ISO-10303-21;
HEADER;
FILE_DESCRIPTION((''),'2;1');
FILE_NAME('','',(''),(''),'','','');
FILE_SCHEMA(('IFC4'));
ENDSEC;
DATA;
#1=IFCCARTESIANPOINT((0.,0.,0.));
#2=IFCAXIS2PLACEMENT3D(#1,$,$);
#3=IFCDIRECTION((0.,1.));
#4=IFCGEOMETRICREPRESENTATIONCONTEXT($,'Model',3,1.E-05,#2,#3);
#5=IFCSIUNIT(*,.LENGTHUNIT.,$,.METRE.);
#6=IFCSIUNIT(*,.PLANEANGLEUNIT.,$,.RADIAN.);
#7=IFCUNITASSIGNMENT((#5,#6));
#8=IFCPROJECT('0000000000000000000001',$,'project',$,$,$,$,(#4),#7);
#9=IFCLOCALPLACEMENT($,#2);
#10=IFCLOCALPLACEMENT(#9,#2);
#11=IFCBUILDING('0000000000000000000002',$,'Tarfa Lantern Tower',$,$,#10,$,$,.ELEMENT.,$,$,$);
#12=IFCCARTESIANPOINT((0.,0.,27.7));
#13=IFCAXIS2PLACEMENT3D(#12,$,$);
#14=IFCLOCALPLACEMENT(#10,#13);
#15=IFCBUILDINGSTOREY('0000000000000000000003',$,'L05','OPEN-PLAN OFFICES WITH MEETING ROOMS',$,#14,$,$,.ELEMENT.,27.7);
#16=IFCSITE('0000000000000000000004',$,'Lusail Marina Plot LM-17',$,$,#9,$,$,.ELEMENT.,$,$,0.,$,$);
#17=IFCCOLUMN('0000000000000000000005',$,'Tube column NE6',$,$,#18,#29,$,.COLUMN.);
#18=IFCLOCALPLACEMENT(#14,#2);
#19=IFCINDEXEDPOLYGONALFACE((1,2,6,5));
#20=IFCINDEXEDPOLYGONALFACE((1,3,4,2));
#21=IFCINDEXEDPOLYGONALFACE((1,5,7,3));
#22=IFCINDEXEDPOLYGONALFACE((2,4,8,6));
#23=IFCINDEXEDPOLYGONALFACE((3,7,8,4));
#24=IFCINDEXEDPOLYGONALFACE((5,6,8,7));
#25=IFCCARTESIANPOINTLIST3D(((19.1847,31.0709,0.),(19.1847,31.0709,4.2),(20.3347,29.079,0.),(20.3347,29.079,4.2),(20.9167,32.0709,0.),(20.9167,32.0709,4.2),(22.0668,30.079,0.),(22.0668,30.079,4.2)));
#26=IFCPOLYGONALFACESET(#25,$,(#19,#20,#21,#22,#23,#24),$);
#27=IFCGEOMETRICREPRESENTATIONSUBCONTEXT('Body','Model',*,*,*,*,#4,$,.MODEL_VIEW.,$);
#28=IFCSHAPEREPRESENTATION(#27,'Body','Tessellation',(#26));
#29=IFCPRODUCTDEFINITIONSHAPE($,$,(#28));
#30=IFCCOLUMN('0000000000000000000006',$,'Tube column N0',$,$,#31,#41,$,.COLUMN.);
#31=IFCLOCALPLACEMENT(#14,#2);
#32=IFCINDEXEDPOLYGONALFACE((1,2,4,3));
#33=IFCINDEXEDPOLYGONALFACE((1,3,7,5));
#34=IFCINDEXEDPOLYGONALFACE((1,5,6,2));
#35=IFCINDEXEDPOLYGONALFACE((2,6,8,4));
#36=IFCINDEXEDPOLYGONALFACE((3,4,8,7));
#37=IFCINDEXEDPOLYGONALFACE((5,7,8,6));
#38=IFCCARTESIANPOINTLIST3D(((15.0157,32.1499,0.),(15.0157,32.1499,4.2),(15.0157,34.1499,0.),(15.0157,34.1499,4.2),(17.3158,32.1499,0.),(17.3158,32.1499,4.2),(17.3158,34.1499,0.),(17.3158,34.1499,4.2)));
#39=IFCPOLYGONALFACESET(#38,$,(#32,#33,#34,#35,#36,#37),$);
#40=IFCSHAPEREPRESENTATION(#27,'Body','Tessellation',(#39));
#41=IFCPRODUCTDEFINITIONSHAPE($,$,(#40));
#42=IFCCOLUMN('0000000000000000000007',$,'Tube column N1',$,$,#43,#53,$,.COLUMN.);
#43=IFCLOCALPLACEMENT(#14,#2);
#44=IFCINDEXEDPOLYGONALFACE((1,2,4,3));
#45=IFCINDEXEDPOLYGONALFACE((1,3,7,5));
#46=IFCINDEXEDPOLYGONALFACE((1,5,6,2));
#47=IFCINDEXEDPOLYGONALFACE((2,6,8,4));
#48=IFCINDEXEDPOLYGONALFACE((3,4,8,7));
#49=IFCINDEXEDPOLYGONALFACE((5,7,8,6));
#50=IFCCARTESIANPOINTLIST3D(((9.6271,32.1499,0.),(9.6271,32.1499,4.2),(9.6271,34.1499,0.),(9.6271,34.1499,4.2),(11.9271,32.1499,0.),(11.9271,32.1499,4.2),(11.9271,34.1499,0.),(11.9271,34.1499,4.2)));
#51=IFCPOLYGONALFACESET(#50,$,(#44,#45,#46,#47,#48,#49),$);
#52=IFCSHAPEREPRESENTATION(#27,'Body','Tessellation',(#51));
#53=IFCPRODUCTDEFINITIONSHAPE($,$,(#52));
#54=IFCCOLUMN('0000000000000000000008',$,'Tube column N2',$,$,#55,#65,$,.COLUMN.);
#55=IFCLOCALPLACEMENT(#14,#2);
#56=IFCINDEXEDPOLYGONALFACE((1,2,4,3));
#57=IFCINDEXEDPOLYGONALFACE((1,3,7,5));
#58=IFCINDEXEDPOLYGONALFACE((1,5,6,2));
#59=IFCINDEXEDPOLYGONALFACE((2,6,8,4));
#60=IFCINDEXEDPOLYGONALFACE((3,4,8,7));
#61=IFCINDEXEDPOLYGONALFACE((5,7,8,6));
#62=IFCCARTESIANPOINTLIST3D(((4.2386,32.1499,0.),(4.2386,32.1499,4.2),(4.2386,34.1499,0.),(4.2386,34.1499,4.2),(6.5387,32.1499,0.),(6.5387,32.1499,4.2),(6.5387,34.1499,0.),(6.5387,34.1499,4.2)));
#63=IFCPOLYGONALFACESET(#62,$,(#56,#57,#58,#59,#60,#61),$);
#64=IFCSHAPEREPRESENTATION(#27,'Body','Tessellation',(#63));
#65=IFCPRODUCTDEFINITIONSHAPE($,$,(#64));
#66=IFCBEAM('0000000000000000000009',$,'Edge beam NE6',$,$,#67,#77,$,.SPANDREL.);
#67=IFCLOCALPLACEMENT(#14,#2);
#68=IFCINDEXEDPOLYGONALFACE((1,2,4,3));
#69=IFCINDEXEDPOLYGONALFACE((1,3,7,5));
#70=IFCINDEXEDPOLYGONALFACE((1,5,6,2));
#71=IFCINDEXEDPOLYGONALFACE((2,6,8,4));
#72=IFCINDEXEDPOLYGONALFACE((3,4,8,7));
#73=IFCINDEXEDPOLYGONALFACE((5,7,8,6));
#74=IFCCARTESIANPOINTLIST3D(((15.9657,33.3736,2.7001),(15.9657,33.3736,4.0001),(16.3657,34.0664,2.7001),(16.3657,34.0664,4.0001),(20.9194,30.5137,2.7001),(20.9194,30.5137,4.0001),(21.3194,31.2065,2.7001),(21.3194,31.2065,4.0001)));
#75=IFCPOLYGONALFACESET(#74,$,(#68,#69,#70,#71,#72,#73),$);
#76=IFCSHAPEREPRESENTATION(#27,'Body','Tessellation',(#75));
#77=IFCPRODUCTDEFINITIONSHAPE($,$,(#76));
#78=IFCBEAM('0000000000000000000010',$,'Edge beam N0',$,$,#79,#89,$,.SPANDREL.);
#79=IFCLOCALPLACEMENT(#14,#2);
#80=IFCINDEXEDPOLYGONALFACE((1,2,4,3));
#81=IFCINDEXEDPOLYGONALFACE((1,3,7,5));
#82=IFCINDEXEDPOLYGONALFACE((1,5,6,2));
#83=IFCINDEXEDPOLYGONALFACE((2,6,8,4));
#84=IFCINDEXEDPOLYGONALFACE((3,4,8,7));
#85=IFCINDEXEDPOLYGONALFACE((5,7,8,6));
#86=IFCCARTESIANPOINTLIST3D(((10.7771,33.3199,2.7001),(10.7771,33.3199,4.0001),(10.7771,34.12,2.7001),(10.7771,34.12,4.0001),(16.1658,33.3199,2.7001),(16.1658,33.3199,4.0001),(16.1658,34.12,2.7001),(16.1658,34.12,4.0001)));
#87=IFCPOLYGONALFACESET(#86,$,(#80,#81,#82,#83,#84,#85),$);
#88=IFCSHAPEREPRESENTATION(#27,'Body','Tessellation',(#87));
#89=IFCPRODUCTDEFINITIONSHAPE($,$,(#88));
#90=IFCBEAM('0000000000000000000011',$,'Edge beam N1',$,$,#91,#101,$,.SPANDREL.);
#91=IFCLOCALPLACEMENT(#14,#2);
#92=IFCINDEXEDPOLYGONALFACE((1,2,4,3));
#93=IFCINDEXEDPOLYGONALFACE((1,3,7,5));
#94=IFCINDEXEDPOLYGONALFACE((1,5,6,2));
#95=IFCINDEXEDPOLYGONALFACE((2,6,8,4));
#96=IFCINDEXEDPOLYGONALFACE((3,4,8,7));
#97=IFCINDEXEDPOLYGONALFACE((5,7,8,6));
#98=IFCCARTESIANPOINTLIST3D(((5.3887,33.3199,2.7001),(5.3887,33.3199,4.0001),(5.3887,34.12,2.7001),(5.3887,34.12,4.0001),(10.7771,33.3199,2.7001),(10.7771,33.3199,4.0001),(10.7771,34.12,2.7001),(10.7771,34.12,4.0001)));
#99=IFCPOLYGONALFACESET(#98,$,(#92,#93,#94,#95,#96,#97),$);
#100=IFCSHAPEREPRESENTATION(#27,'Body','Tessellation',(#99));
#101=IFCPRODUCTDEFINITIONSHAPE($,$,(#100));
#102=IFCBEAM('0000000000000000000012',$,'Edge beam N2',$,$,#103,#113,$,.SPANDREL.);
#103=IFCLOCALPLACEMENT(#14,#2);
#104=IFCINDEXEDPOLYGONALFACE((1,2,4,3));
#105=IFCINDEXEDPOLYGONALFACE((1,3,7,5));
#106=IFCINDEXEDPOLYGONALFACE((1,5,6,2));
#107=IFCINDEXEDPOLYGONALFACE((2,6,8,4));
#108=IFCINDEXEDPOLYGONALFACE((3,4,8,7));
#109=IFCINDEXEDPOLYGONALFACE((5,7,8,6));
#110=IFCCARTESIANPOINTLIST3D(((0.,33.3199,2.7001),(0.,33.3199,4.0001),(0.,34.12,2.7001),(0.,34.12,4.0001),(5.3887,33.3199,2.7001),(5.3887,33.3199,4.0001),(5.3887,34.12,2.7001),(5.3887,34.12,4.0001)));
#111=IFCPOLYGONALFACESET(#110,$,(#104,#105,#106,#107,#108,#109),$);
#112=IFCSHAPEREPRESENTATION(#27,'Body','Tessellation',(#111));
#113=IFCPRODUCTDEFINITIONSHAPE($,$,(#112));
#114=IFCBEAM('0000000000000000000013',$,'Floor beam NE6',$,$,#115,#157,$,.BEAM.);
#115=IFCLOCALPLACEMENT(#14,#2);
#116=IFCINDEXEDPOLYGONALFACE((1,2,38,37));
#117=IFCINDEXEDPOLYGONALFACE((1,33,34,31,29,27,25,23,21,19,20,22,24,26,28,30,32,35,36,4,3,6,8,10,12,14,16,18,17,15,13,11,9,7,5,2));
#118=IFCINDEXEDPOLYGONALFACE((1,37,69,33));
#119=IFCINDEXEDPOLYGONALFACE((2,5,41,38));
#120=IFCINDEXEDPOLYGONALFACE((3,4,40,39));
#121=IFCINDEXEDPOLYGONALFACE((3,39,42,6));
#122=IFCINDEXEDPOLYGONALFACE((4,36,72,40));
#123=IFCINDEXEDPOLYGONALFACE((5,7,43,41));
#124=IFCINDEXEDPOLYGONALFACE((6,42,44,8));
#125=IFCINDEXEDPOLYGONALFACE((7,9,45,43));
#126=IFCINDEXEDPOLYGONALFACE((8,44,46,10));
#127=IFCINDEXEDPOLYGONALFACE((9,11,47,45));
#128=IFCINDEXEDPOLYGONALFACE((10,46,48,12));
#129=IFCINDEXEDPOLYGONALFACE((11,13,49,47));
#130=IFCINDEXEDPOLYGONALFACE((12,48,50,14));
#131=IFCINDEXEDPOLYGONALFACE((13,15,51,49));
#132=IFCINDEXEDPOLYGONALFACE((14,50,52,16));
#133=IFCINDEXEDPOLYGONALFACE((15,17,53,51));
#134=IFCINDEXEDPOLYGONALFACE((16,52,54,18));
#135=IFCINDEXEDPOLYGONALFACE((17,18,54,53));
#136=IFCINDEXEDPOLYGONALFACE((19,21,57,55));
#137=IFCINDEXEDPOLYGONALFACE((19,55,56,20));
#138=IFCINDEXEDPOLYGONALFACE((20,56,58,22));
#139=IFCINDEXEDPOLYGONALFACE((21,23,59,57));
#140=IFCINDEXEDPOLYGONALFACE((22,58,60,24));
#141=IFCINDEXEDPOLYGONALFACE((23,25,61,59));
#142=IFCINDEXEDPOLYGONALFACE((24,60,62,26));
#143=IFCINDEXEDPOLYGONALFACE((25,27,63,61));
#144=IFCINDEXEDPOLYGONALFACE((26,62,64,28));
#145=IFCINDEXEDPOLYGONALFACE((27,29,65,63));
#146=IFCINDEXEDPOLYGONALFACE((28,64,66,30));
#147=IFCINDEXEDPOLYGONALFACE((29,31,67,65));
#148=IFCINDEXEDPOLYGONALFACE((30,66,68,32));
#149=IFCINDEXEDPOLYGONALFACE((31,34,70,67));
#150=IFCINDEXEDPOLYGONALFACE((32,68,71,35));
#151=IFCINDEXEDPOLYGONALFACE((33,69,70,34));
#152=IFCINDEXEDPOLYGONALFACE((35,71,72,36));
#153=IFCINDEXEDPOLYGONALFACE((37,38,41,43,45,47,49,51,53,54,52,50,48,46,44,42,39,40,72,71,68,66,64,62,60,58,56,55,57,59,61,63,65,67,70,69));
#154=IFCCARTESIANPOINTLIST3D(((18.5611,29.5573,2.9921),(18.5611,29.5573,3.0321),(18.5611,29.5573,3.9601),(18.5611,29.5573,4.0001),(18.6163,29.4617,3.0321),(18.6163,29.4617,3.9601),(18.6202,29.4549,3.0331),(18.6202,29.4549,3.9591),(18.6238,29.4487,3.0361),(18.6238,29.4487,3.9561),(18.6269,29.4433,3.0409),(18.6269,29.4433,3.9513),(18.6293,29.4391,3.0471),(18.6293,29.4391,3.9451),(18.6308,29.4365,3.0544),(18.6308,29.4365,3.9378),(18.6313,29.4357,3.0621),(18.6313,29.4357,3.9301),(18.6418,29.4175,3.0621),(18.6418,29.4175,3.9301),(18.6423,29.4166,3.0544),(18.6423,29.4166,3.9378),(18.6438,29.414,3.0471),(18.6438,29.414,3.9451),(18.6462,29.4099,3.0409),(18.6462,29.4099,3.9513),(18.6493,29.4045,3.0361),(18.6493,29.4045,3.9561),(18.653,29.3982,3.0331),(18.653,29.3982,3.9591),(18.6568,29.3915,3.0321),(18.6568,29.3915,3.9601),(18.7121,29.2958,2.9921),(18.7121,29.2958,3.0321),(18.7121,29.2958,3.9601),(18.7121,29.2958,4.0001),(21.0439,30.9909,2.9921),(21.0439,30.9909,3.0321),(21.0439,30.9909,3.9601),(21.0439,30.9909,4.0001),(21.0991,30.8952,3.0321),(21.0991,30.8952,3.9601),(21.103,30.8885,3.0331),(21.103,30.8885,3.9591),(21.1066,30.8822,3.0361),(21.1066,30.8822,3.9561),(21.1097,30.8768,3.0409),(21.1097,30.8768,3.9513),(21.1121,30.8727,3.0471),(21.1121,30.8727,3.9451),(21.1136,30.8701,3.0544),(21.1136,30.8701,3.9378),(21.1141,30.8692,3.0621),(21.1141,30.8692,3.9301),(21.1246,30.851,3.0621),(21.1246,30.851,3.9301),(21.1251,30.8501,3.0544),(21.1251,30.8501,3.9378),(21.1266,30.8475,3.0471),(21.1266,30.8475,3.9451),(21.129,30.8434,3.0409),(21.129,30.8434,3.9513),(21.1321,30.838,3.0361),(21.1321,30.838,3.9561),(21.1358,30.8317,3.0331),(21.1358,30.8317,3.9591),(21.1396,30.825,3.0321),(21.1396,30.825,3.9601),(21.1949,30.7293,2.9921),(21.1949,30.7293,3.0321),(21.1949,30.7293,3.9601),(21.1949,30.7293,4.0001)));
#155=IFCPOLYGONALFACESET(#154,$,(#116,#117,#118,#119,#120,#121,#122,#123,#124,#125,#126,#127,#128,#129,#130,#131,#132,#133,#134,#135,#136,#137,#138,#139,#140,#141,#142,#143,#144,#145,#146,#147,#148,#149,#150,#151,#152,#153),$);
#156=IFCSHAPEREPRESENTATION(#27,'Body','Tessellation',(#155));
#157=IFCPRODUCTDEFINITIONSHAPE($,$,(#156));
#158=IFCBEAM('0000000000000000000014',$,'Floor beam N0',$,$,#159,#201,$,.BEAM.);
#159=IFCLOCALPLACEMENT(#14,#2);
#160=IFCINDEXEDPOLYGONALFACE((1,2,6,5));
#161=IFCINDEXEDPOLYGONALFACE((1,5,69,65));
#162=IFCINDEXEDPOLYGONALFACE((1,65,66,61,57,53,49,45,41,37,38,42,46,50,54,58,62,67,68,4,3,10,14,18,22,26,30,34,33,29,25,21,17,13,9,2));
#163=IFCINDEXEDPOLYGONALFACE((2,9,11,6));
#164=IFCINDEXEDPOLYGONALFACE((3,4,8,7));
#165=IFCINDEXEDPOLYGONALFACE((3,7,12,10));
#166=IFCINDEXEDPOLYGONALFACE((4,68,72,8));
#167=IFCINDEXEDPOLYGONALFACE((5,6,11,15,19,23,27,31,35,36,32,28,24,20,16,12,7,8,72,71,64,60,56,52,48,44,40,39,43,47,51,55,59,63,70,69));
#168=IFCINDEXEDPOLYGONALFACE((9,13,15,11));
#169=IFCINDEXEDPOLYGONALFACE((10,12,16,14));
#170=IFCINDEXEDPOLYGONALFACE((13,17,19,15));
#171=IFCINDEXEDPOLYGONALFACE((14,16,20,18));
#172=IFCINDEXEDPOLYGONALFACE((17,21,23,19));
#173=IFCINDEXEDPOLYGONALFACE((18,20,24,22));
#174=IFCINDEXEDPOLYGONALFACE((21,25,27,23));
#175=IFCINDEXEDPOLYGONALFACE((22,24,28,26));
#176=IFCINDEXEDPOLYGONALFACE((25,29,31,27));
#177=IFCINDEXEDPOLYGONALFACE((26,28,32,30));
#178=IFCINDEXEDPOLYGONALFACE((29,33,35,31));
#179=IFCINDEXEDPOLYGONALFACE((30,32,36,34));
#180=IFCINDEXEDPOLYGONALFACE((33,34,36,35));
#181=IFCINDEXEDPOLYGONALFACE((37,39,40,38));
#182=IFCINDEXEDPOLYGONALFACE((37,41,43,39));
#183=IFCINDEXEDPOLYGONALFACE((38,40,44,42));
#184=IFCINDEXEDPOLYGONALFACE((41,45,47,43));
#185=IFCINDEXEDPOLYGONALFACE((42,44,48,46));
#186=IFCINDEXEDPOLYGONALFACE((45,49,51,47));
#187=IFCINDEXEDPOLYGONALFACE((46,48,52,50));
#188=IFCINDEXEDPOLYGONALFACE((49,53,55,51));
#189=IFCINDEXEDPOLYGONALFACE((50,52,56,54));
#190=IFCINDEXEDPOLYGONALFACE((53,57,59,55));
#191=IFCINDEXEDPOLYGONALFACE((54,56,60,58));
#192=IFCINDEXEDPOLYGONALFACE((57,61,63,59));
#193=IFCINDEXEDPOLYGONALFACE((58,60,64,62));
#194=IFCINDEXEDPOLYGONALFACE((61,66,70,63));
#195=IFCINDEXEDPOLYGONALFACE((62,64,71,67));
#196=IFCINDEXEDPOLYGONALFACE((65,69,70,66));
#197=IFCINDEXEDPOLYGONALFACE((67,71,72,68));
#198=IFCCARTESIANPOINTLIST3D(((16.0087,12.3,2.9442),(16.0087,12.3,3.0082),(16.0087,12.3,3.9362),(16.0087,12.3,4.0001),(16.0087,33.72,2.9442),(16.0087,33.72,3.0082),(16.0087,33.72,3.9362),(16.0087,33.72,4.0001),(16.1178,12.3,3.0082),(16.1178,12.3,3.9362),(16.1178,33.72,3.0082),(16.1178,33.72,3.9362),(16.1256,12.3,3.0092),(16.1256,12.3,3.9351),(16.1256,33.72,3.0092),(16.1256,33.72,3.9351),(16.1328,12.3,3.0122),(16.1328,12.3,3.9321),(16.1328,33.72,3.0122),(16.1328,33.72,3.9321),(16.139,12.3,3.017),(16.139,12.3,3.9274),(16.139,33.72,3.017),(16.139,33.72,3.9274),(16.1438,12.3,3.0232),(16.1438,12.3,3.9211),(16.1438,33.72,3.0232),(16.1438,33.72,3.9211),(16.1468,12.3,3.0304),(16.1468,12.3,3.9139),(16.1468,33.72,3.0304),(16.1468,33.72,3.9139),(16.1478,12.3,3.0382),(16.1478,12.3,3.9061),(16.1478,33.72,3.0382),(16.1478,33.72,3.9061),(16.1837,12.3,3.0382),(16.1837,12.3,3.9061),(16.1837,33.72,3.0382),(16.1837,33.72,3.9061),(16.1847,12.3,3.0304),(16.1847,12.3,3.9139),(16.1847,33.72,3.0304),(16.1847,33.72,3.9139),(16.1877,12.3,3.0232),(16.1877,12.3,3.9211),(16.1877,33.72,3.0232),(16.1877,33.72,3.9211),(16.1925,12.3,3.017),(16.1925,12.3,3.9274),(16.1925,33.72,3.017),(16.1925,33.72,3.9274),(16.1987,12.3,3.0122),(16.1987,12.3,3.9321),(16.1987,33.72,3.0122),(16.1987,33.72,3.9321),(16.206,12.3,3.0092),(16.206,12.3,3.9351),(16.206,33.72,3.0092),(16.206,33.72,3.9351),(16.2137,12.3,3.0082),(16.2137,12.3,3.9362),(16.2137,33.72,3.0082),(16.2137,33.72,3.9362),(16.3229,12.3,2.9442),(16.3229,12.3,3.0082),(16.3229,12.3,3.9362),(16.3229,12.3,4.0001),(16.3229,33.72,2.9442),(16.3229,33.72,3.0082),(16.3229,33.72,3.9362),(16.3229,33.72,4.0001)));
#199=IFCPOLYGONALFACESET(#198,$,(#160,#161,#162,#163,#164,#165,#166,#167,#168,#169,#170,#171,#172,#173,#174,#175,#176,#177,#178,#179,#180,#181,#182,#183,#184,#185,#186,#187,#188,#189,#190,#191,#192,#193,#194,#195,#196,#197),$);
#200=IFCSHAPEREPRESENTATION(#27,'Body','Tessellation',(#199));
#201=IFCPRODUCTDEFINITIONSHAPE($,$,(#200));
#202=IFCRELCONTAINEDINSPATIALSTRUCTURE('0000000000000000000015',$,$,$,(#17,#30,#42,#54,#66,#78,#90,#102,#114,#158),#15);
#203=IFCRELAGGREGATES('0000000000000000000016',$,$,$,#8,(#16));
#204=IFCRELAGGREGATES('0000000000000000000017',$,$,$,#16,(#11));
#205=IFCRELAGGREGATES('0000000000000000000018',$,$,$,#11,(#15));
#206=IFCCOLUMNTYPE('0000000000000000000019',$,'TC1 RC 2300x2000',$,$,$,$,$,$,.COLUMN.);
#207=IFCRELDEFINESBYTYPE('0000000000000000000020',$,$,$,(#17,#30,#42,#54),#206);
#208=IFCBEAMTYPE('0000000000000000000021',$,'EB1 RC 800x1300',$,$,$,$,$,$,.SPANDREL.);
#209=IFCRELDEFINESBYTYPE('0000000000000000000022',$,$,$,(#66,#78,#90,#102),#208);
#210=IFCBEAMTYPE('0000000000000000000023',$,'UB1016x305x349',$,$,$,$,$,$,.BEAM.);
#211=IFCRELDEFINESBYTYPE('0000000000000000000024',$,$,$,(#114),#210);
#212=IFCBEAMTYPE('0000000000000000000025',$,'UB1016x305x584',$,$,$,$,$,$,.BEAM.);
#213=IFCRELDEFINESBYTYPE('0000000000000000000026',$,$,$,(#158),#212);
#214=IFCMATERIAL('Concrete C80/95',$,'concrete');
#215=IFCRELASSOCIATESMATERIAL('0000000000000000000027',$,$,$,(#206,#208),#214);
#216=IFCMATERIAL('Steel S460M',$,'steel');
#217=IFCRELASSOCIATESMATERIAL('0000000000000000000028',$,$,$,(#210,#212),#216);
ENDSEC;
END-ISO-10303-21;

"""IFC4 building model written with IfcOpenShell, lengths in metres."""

from ifc_helpers import new_model, si_unit, direction, frame, origin, origin_2d, place, context, subcontext, project, spatial, rectangle, i_section, extrude, material, material_profile, profile_set, type_object, element, save


model = new_model("IFC4")

# Units and contexts
model_context = context("Model", 3, precision=1e-05, world=origin(), true_north=direction((0.0, 1.0)))
body_context = subcontext(model_context, "Body", "Model", "MODEL_VIEW")
ifc_project = project(units=[si_unit("LENGTHUNIT", "METRE"), si_unit("PLANEANGLEUNIT", "RADIAN")], contexts=[model_context])

# Site, building, storey
site_placement = place(None, origin())
site = spatial("IfcSite", under=ifc_project, at=site_placement, Name="Lusail Marina Plot LM-17", CompositionType="ELEMENT", RefElevation=0.0)
building_placement = place(site_placement, origin())
building = spatial("IfcBuilding", under=site, at=building_placement, Name="Tarfa Lantern Tower", CompositionType="ELEMENT")
storey_placement = place(building_placement, frame((0.0, 0.0, 27.7)))
storey = spatial("IfcBuildingStorey", under=building, at=storey_placement, Name="L05", Description="OPEN-PLAN OFFICES WITH MEETING ROOMS", CompositionType="ELEMENT", Elevation=27.7)

# Columns
ifc_material_1 = material(Name="Concrete C80/95", Category="concrete")
ifc_material_profile_1 = material_profile(ifc_material_1, rectangle(XDim=2.3, YDim=2.0, at=origin_2d()), Name="RC 2300x2000")
ifc_profile_set_1 = profile_set([ifc_material_profile_1], Name="Concrete C80/95")
column_type = type_object("IfcColumnType", Name="TC1 RC 2300x2000", PredefinedType="COLUMN", material=ifc_profile_set_1)
for number, where, z_axis, x_axis, name in (
    (1, (20.6257, 30.575, 0.0), (0.0, 0.0, 1.0), (-0.5, 0.866025, 0.0), "Tube column NE6"),
    (2, (16.1658, 33.1499, 0.0), (0.0, 0.0, 1.0), (-1.0, 0.0, 0.0), "Tube column N0"),
    (3, (10.7771, 33.1499, 0.0), (0.0, 0.0, 1.0), (-1.0, 0.0, 0.0), "Tube column N1"),
    (4, (5.3887, 33.1499, 0.0), (0.0, 0.0, 1.0), (-1.0, 0.0, 0.0), "Tube column N2"),
):
    element("IfcColumn", number, at=place(storey_placement, frame(where, z_axis=z_axis, x_axis=x_axis)), inside=storey, type_object=column_type, Name=name, PredefinedType="COLUMN", context=body_context, shape_type="SweptSolid", body=[
        extrude(rectangle(XDim=2.3, YDim=2.0, at=origin_2d()), origin(), (0.0, 0.0, 1.0), 4.2),
    ])

# Beams
ifc_material_profile_2 = material_profile(ifc_material_1, rectangle(XDim=0.8, YDim=1.3, at=origin_2d()), Name="RC 800x1300")
ifc_profile_set_2 = profile_set([ifc_material_profile_2], Name="Concrete C80/95")
beam_type_1 = type_object("IfcBeamType", Name="EB1 RC 800x1300", PredefinedType="SPANDREL", material=ifc_profile_set_2)
beam_1_placement = place(storey_placement, frame((21.1194, 30.8601, 3.3501), z_axis=(-0.866033, 0.499986, 0.0), x_axis=(-0.499986, -0.866033, 0.0)))
element("IfcBeam", 5, at=beam_1_placement, inside=storey, type_object=beam_type_1, Name="Edge beam NE6", PredefinedType="SPANDREL", context=body_context, shape_type="SweptSolid", body=[
    extrude(rectangle(XDim=0.8, YDim=1.3, at=origin_2d()), origin(), (0.0, 0.0, 1.0), 5.72),
])
beam_2_placement = place(storey_placement, frame((16.1658, 33.72, 3.3501), z_axis=(-1.0, 0.0, 0.0), x_axis=(0.0, -1.0, 0.0)))
element("IfcBeam", 6, at=beam_2_placement, inside=storey, type_object=beam_type_1, Name="Edge beam N0", PredefinedType="SPANDREL", context=body_context, shape_type="SweptSolid", body=[
    extrude(rectangle(XDim=0.8, YDim=1.3, at=origin_2d()), origin(), (0.0, 0.0, 1.0), 5.3887),
])
beam_3_placement = place(storey_placement, frame((10.7771, 33.72, 3.3501), z_axis=(-1.0, 0.0, 0.0), x_axis=(0.0, -1.0, 0.0)))
element("IfcBeam", 7, at=beam_3_placement, inside=storey, type_object=beam_type_1, Name="Edge beam N1", PredefinedType="SPANDREL", context=body_context, shape_type="SweptSolid", body=[
    extrude(rectangle(XDim=0.8, YDim=1.3, at=origin_2d()), origin(), (0.0, 0.0, 1.0), 5.3884),
])
beam_4_placement = place(storey_placement, frame((5.3887, 33.72, 3.3501), z_axis=(-1.0, 0.0, 0.0), x_axis=(0.0, -1.0, 0.0)))
element("IfcBeam", 8, at=beam_4_placement, inside=storey, type_object=beam_type_1, Name="Edge beam N2", PredefinedType="SPANDREL", context=body_context, shape_type="SweptSolid", body=[
    extrude(rectangle(XDim=0.8, YDim=1.3, at=origin_2d()), origin(), (0.0, 0.0, 1.0), 5.3887),
])
ifc_material_2 = material(Name="Steel S460M", Category="steel")
ifc_material_profile_3 = material_profile(ifc_material_2, i_section(OverallWidth=0.302, OverallDepth=1.0081, WebThickness=0.021, FlangeThickness=0.04, FilletRadius=0.03, at=origin_2d()), Name="UB1016x305x349")
ifc_profile_set_3 = profile_set([ifc_material_profile_3], Name="Steel S460M")
beam_type_2 = type_object("IfcBeamType", Name="UB1016x305x349", PredefinedType="BEAM", material=ifc_profile_set_3)
beam_5_placement = place(storey_placement, frame((21.1194, 30.8601, 3.4961), z_axis=(-0.866013, -0.500022, 0.0), x_axis=(0.500022, -0.866013, 0.0)))
element("IfcBeam", 9, at=beam_5_placement, inside=storey, type_object=beam_type_2, Name="Floor beam NE6", PredefinedType="BEAM", context=body_context, shape_type="SweptSolid", body=[
    extrude(i_section(OverallWidth=0.302, OverallDepth=1.0081, WebThickness=0.021, FlangeThickness=0.04, FilletRadius=0.03, at=origin_2d()), origin(), (0.0, 0.0, 1.0), 2.8669),
])
ifc_material_profile_4 = material_profile(ifc_material_2, i_section(OverallWidth=0.3142, OverallDepth=1.0559, WebThickness=0.0359, FlangeThickness=0.064, FilletRadius=0.03, at=origin_2d()), Name="UB1016x305x584")
ifc_profile_set_4 = profile_set([ifc_material_profile_4], Name="Steel S460M")
beam_type_3 = type_object("IfcBeamType", Name="UB1016x305x584", PredefinedType="BEAM", material=ifc_profile_set_4)
for number, where, z_axis, x_axis, name in (
    (10, (16.1658, 33.72, 3.4722), (0.0, -1.0, 0.0), (1.0, 0.0, 0.0), "Floor beam N0"),
):
    element("IfcBeam", number, at=place(storey_placement, frame(where, z_axis=z_axis, x_axis=x_axis)), inside=storey, type_object=beam_type_3, Name=name, PredefinedType="BEAM", context=body_context, shape_type="SweptSolid", body=[
        extrude(i_section(OverallWidth=0.3142, OverallDepth=1.0559, WebThickness=0.0359, FlangeThickness=0.064, FilletRadius=0.03, at=origin_2d()), origin(), (0.0, 0.0, 1.0), 21.4199),
    ])

save(model, "model.ifc")
